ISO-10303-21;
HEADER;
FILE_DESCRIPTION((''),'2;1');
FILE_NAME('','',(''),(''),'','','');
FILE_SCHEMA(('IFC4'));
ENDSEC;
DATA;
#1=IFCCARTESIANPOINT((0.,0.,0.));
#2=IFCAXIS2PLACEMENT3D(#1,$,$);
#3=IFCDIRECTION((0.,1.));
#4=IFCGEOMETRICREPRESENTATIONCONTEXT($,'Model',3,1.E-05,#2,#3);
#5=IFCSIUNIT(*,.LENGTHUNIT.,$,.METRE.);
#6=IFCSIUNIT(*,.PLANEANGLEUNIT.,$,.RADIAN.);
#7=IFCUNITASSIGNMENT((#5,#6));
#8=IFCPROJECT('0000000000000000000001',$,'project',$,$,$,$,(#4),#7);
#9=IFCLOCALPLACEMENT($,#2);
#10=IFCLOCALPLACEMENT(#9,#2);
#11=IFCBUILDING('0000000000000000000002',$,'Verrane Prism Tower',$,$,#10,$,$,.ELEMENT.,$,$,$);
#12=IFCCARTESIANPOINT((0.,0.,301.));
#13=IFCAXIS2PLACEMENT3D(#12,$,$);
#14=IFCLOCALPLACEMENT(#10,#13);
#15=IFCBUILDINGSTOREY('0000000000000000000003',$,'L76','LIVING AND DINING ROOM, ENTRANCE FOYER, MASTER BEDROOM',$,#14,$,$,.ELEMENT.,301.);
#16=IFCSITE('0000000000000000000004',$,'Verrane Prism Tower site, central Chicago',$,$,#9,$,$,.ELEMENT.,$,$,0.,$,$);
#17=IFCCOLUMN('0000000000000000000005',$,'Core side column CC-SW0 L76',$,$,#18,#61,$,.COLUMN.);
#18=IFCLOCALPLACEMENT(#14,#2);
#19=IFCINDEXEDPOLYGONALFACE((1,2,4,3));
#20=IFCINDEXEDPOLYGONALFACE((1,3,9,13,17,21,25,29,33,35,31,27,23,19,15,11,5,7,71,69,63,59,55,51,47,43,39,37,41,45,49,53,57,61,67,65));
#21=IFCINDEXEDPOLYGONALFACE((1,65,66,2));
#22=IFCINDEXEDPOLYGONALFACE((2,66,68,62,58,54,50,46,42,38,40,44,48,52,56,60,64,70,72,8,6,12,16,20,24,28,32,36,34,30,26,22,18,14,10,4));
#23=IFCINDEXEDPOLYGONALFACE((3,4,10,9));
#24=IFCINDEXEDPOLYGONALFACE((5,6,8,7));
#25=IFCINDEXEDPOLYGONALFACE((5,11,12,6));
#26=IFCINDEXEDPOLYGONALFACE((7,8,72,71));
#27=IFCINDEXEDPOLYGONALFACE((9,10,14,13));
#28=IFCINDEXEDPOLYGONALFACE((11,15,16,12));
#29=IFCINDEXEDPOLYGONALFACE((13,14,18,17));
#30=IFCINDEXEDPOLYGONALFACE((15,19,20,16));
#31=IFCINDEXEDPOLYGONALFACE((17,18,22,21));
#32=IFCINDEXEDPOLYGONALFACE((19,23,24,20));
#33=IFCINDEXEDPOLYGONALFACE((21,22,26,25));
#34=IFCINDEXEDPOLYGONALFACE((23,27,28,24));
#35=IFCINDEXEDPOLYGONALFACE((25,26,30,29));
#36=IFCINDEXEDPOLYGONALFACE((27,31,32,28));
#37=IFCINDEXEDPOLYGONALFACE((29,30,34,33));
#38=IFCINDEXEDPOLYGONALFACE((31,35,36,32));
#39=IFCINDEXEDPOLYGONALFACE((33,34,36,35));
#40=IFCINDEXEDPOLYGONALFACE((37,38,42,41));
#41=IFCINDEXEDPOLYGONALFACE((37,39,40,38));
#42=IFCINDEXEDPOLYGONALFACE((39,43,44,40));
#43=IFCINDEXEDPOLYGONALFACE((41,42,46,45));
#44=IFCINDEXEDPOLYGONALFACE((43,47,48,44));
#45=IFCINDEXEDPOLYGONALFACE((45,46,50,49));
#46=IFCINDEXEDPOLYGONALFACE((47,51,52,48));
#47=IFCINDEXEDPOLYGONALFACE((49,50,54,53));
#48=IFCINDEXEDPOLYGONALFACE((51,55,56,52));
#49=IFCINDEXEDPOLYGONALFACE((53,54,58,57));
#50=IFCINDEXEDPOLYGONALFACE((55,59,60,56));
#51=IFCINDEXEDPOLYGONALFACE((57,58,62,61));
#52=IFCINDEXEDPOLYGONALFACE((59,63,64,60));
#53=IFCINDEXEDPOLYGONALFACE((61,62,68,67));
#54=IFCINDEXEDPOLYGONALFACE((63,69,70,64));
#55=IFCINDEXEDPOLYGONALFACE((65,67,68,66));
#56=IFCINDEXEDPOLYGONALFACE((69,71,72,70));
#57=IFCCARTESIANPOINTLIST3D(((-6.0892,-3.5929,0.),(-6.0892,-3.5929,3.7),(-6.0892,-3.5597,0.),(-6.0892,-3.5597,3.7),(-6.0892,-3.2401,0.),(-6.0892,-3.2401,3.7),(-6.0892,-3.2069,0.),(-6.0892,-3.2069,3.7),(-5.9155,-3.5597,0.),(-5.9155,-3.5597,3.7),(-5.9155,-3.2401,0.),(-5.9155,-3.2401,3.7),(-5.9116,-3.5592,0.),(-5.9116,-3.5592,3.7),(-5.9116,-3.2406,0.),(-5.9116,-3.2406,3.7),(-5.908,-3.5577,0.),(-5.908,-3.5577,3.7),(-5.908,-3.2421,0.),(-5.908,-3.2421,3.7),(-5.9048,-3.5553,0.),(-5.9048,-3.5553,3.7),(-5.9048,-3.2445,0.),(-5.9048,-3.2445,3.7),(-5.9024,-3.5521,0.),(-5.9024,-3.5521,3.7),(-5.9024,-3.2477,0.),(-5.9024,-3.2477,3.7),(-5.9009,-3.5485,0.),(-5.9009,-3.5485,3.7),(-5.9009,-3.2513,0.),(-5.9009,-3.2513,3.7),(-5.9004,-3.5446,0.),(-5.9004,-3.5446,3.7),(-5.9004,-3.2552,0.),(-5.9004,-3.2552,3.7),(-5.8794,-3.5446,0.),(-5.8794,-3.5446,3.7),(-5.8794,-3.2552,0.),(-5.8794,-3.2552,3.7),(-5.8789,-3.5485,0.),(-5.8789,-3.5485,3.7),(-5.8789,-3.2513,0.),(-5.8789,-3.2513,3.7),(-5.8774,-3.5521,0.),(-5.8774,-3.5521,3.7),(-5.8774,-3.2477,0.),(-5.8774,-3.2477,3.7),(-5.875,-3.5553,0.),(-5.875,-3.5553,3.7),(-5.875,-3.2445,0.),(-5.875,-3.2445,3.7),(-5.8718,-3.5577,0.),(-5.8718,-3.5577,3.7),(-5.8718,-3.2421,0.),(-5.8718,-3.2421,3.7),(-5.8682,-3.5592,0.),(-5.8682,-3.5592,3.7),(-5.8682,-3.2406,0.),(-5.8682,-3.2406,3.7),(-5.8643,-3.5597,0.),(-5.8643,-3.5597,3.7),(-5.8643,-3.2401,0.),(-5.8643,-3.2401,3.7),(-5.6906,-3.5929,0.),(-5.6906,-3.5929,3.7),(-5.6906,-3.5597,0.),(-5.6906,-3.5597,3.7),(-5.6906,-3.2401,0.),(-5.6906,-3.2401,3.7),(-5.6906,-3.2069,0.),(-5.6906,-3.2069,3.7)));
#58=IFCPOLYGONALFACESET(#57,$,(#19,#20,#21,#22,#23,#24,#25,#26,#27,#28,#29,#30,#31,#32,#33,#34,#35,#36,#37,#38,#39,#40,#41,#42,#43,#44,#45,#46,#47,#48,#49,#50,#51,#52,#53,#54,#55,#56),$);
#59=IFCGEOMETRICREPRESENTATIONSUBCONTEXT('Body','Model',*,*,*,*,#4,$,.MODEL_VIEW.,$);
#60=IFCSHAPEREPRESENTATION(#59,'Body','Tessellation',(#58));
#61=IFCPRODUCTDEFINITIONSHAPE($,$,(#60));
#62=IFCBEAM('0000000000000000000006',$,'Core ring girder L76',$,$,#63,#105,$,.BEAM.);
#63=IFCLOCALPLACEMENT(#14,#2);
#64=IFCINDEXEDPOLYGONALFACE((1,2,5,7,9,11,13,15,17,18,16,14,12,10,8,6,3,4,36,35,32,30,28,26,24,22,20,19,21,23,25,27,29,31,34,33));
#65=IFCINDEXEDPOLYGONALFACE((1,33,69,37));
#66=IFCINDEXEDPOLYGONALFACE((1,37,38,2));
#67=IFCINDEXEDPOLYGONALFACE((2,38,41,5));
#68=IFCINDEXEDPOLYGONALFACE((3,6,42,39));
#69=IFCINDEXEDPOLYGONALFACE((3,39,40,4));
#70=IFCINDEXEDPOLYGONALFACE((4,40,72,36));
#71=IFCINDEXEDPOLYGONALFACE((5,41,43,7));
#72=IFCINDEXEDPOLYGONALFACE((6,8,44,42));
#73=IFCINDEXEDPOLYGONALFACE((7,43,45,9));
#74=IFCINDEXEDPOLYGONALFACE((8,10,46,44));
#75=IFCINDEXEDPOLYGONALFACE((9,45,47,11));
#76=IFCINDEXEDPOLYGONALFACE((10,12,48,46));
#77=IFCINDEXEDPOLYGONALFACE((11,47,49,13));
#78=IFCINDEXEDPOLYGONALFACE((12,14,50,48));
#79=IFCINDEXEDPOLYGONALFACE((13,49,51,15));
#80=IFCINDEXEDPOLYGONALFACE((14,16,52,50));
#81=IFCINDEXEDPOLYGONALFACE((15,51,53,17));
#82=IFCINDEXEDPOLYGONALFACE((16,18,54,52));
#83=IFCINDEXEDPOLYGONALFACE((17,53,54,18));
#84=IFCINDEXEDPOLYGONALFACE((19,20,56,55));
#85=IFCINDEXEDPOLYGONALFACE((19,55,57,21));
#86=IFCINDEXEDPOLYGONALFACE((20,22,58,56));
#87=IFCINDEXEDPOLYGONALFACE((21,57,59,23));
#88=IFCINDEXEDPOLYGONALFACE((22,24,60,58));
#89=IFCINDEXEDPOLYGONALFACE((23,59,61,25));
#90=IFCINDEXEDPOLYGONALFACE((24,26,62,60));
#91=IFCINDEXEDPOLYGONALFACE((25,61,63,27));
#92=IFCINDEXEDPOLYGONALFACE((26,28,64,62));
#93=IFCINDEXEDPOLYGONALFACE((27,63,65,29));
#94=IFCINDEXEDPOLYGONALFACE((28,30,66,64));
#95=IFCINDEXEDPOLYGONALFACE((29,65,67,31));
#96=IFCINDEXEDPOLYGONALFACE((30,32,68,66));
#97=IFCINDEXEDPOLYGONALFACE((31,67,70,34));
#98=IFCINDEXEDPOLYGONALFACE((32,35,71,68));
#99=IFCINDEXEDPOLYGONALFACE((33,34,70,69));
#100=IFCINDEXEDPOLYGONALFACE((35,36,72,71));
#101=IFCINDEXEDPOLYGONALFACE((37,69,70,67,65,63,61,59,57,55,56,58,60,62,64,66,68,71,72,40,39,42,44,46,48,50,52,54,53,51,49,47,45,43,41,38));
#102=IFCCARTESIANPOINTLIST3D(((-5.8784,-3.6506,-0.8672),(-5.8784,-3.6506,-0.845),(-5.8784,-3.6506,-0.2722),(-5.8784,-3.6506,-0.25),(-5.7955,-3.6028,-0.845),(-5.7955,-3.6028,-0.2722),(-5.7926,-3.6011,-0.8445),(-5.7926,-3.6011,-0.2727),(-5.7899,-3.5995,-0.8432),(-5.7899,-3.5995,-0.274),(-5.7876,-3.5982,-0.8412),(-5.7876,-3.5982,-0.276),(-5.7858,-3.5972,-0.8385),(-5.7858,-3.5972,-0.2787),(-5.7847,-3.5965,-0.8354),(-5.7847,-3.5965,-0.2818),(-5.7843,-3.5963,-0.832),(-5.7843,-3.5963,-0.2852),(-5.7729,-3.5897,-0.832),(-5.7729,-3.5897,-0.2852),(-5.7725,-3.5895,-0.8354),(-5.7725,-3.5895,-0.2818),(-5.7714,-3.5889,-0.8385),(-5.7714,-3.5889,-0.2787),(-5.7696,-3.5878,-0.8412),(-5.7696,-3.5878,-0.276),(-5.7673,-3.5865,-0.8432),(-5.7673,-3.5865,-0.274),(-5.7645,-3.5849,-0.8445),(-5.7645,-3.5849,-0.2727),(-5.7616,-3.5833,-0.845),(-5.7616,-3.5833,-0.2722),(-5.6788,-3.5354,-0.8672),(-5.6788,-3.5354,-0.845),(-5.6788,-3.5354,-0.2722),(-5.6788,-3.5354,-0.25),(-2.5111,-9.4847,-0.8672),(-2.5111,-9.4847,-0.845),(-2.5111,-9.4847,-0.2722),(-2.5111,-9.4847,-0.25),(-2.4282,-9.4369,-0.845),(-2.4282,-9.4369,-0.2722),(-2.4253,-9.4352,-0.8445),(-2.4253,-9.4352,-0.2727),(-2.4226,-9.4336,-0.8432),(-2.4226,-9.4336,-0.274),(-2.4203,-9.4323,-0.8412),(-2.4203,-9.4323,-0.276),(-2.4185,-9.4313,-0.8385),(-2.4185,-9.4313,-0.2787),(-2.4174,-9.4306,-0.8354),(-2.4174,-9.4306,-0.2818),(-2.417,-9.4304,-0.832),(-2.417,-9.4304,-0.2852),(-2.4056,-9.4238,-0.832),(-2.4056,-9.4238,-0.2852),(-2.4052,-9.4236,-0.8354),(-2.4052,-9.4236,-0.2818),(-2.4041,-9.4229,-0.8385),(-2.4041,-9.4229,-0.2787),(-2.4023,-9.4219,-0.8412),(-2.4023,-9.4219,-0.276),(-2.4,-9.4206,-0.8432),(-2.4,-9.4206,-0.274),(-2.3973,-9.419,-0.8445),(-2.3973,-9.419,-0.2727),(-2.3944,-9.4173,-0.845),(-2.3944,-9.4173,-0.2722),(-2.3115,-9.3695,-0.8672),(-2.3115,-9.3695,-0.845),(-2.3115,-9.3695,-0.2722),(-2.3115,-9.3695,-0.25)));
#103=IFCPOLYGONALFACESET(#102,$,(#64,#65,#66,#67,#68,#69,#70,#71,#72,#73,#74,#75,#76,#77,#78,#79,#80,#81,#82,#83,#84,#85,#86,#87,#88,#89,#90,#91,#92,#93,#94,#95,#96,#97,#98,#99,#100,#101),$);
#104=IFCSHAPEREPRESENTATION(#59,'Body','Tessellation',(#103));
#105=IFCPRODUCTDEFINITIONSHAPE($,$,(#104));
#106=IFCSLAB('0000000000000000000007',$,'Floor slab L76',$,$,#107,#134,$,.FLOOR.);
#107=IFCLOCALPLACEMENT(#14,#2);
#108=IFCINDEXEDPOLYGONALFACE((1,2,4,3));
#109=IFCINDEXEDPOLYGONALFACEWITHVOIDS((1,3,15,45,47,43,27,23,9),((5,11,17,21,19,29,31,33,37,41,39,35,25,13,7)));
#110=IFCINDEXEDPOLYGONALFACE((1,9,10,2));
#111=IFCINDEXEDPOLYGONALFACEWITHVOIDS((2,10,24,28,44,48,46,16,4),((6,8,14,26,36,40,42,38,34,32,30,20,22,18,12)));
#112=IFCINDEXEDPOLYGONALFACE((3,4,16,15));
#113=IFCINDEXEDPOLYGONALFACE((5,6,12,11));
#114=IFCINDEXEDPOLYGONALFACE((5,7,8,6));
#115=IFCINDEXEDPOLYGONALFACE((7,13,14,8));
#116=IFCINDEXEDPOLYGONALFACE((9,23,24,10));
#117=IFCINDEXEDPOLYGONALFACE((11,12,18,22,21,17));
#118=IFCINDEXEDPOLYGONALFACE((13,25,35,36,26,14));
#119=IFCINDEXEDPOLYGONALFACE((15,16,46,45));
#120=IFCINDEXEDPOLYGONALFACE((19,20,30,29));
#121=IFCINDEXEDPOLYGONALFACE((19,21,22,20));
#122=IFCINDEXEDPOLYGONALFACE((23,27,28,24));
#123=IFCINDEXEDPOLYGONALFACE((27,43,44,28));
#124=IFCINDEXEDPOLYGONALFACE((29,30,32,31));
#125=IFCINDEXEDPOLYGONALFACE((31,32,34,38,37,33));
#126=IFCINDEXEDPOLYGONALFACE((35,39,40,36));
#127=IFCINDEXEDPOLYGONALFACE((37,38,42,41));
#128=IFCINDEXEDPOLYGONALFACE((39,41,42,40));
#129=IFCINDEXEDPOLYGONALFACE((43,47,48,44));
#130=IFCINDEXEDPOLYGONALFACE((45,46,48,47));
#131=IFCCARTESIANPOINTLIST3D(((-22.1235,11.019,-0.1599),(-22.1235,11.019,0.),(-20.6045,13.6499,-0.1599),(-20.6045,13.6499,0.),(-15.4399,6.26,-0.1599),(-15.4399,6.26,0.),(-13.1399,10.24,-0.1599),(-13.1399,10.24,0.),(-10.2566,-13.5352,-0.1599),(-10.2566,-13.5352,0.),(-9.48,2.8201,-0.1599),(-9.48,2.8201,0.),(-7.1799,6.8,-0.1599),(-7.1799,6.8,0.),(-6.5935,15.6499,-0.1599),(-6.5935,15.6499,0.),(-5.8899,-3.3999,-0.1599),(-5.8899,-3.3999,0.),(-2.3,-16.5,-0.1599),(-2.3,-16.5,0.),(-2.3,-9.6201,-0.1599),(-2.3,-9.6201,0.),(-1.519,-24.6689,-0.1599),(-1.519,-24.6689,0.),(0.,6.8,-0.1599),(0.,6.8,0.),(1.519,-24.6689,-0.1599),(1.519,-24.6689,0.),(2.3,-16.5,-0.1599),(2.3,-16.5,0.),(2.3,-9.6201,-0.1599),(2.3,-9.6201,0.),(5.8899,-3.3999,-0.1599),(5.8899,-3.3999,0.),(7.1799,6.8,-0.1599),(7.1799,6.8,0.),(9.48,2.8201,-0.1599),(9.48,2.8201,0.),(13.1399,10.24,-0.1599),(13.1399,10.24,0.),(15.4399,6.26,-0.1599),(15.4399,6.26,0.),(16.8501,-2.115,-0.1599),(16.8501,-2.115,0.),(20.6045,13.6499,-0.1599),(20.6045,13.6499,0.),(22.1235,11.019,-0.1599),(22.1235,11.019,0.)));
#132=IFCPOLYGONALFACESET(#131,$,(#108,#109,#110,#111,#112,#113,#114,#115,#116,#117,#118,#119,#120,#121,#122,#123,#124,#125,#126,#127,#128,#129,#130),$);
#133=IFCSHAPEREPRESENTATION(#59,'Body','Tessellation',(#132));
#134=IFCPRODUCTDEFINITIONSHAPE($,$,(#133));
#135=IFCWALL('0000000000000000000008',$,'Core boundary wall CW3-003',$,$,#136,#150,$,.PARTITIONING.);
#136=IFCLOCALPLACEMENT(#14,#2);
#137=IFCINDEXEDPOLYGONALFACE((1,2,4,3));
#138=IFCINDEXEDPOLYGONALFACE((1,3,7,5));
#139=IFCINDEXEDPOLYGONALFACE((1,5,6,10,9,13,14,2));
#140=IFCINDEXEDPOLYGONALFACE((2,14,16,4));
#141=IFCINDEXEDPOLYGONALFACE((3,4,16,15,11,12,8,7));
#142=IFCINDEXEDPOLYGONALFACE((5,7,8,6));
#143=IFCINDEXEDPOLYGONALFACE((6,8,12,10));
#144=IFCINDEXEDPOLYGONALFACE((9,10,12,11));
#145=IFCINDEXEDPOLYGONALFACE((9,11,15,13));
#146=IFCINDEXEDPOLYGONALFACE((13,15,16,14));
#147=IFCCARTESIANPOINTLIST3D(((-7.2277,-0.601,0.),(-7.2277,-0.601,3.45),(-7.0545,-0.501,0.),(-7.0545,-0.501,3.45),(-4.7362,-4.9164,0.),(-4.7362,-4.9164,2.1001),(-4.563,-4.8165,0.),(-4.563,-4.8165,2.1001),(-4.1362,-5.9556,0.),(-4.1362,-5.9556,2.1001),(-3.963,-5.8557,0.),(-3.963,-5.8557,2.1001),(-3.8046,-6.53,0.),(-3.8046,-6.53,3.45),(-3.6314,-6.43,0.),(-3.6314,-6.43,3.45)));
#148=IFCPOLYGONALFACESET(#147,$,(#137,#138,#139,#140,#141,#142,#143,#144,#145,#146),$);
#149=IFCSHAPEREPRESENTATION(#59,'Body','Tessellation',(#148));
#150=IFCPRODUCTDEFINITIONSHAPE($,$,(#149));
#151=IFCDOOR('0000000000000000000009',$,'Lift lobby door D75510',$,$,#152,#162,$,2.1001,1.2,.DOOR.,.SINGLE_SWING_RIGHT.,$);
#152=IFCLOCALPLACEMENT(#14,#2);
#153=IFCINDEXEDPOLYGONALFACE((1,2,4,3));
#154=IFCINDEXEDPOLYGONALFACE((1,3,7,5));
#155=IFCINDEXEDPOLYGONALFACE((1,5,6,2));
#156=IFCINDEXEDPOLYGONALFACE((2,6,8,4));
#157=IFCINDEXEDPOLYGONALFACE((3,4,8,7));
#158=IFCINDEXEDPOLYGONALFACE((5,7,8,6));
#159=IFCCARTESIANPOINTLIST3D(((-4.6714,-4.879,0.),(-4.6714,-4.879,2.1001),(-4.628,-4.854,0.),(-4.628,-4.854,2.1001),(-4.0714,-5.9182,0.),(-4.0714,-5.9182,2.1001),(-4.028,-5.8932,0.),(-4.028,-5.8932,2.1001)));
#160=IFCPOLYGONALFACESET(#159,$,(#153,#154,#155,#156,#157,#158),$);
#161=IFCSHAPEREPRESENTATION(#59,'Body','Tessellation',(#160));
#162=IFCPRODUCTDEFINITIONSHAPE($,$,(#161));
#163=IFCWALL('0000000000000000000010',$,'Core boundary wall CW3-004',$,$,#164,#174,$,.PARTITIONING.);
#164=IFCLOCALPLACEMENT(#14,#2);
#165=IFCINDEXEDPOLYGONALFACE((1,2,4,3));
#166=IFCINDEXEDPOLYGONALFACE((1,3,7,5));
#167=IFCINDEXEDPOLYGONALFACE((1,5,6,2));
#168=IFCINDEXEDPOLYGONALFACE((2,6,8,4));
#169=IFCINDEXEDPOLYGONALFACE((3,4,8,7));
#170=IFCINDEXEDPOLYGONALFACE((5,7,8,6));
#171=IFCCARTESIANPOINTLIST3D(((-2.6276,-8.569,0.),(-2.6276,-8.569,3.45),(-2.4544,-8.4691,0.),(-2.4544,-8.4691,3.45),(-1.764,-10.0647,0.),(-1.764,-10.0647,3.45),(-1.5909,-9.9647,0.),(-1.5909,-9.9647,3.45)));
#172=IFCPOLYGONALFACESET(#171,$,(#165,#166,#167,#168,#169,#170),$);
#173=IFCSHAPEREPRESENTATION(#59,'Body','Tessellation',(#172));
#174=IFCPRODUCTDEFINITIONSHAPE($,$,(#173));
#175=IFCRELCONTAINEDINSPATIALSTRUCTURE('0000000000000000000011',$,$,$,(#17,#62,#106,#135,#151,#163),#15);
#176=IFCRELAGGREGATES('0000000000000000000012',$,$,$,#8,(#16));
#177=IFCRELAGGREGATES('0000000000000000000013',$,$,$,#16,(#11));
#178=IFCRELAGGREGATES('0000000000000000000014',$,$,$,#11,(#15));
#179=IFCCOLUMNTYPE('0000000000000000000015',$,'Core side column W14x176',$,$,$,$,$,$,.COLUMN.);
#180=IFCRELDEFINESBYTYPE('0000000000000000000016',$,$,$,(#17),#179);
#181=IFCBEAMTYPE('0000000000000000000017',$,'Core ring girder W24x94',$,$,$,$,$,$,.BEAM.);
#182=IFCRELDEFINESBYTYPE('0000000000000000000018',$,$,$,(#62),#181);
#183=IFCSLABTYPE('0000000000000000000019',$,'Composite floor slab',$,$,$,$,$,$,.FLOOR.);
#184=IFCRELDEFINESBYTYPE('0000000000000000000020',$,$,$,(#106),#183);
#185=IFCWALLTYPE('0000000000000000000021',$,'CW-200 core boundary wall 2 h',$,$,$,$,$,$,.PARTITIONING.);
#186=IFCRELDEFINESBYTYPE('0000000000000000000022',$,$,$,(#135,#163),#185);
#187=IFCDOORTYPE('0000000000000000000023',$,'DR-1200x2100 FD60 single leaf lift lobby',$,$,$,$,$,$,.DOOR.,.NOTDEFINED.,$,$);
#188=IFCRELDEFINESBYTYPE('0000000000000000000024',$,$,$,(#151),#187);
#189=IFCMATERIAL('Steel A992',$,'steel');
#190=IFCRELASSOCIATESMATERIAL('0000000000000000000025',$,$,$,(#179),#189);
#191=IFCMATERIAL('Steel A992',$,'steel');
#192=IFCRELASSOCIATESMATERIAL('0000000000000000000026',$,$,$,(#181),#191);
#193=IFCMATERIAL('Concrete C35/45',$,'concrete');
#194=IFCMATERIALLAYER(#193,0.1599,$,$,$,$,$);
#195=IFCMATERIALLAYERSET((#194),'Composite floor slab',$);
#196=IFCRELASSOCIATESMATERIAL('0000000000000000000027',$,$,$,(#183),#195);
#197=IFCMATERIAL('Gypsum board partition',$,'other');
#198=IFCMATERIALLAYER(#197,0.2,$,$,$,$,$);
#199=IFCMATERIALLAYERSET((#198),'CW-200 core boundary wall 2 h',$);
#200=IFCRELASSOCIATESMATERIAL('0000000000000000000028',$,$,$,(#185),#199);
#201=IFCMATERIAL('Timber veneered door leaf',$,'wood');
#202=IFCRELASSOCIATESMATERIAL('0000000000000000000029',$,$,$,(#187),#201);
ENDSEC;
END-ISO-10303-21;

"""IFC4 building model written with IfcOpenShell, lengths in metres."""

from ifc_helpers import new_model, si_unit, direction, frame, frame_2d, origin, origin_2d, place, context, subcontext, project, spatial, polyline, rectangle, i_section, outline, extrude, material, layer, layer_set, material_profile, profile_set, type_object, element, fill, save


model = new_model("IFC4")

# Units and contexts
model_context = context("Model", 3, precision=1e-05, world=origin(), true_north=direction((0.0, 1.0)))
body_context = subcontext(model_context, "Body", "Model", "MODEL_VIEW")
ifc_project = project(units=[si_unit("LENGTHUNIT", "METRE"), si_unit("PLANEANGLEUNIT", "RADIAN")], contexts=[model_context])

# Site, building, storey
site_placement = place(None, origin())
site = spatial("IfcSite", under=ifc_project, at=site_placement, Name="Verrane Prism Tower site, central Chicago", CompositionType="ELEMENT", RefElevation=0.0)
building_placement = place(site_placement, origin())
building = spatial("IfcBuilding", under=site, at=building_placement, Name="Verrane Prism Tower", CompositionType="ELEMENT")
storey_placement = place(building_placement, frame((0.0, 0.0, 301.0)))
storey = spatial("IfcBuildingStorey", under=building, at=storey_placement, Name="L76", Description="LIVING AND DINING ROOM, ENTRANCE FOYER, MASTER BEDROOM", CompositionType="ELEMENT", Elevation=301.0)

# Column
ifc_material_1 = material(Name="Steel A992", Category="steel")
ifc_material_profile_1 = material_profile(ifc_material_1, i_section(OverallWidth=0.3987, OverallDepth=0.386, WebThickness=0.021, FlangeThickness=0.0332, FilletRadius=0.0151, at=origin_2d()), Name="W14x176")
ifc_profile_set_1 = profile_set([ifc_material_profile_1], Name="Steel A992")
column_type = type_object("IfcColumnType", Name="Core side column W14x176", PredefinedType="COLUMN", material=ifc_profile_set_1)
column_placement = place(storey_placement, frame((-5.8899, -3.3999, 0.0), z_axis=(0.0, 0.0, 1.0), x_axis=(1.0, 0.0, 0.0)))
element("IfcColumn", 1, at=column_placement, inside=storey, type_object=column_type, Name="Core side column CC-SW0 L76", PredefinedType="COLUMN", context=body_context, shape_type="SweptSolid", body=[
    extrude(i_section(OverallWidth=0.3987, OverallDepth=0.386, WebThickness=0.021, FlangeThickness=0.0332, FilletRadius=0.0151, at=origin_2d()), origin(), (0.0, 0.0, 1.0), 3.7),
])

# Beam
ifc_material_2 = material(Name="Steel A992", Category="steel")
ifc_material_profile_2 = material_profile(ifc_material_2, i_section(OverallWidth=0.2305, OverallDepth=0.6172, WebThickness=0.0132, FlangeThickness=0.0222, FilletRadius=0.0129, at=origin_2d()), Name="W24x94")
ifc_profile_set_2 = profile_set([ifc_material_profile_2], Name="Steel A992")
beam_type = type_object("IfcBeamType", Name="Core ring girder W24x94", PredefinedType="BEAM", material=ifc_profile_set_2)
beam_placement = place(storey_placement, frame((-5.7786, -3.593, -0.5586), z_axis=(0.499881, -0.866094, 0.0), x_axis=(0.866094, 0.499881, 0.0)))
element("IfcBeam", 2, at=beam_placement, inside=storey, type_object=beam_type, Name="Core ring girder L76", PredefinedType="BEAM", context=body_context, shape_type="SweptSolid", body=[
    extrude(i_section(OverallWidth=0.2305, OverallDepth=0.6172, WebThickness=0.0132, FlangeThickness=0.0222, FilletRadius=0.0129, at=origin_2d()), origin(), (0.0, 0.0, 1.0), 6.7361),
])

# Slab
ifc_material_3 = material(Name="Concrete C35/45", Category="concrete")
ifc_layer_1 = layer(ifc_material_3, 0.1599)
ifc_layer_set_1 = layer_set([ifc_layer_1], Name="Composite floor slab")
slab_type = type_object("IfcSlabType", Name="Composite floor slab", PredefinedType="FLOOR", material=ifc_layer_set_1)
slab_placement = place(storey_placement, frame((0.0, 0.0, -0.1599)))
element("IfcSlab", 3, at=slab_placement, inside=storey, type_object=slab_type, Name="Floor slab L76", PredefinedType="FLOOR", context=body_context, shape_type="SweptSolid", body=[
    extrude(outline(polyline([(16.8501, -2.115), (1.519, -24.6689), (-1.519, -24.6689), (-10.2566, -13.5352), (-22.1235, 11.019), (-20.6045, 13.6499), (-6.5935, 15.6499), (20.6045, 13.6499), (22.1235, 11.019), (16.8501, -2.115)]), holes=[polyline([(15.4399, 6.26), (13.1399, 10.24), (7.1799, 6.8), (0.0, 6.8), (-7.1799, 6.8), (-13.1399, 10.24), (-15.4399, 6.26), (-9.48, 2.8201), (-5.8899, -3.3999), (-2.3, -9.6201), (-2.3, -16.5), (2.3, -16.5), (2.3, -9.6201), (5.8899, -3.3999), (9.48, 2.8201), (15.4399, 6.26)])]), origin(), (0.0, 0.0, 1.0), 0.1599),
])

# Wall, opening, door
ifc_material_4 = material(Name="Gypsum board partition", Category="other")
ifc_layer_2 = layer(ifc_material_4, 0.2)
ifc_layer_set_2 = layer_set([ifc_layer_2], Name="CW-200 core boundary wall 2 h")
wall_type_1 = type_object("IfcWallType", Name="CW-200 core boundary wall 2 h", PredefinedType="PARTITIONING", material=ifc_layer_set_2)
wall_1_placement = place(storey_placement, frame((-7.1411, -0.551, 0.0), z_axis=(0.0, 0.0, 1.0), x_axis=(0.500001, -0.866025, 0.0)))
wall_1 = element("IfcWall", 4, at=wall_1_placement, inside=storey, type_object=wall_type_1, Name="Core boundary wall CW3-003", PredefinedType="PARTITIONING", context=body_context, shape_type="SweptSolid", body=[
    extrude(rectangle(XDim=6.8462, YDim=0.2, at=frame_2d((3.4231, 0.0))), origin(), (0.0, 0.0, 1.0), 3.45),
])
opening_1_placement = place(wall_1_placement, frame((4.9829, 0.0, 0.0)))
opening_1 = element("IfcOpeningElement", 5, at=opening_1_placement, cuts=wall_1, PredefinedType="OPENING", context=body_context, shape_type="SweptSolid", body=[
    extrude(rectangle(XDim=1.2, YDim=2.1001, at=frame_2d((0.6001, 1.05))), frame((0.0, 0.1099, 0.0), z_axis=(0.0, -1.0, 0.0), x_axis=(1.0, 0.0, 0.0)), (0.0, 0.0, 1.0), 0.22),
])
ifc_material_5 = material(Name="Timber veneered door leaf", Category="wood")
door_type_1 = type_object("IfcDoorType", Name="DR-1200x2100 FD60 single leaf lift lobby", OperationType="NOTDEFINED", PredefinedType="DOOR", material=ifc_material_5)
door_1_placement = place(opening_1_placement, origin())
door_1 = element("IfcDoor", 6, at=door_1_placement, inside=storey, type_object=door_type_1, Name="Lift lobby door D75510", OperationType="SINGLE_SWING_RIGHT", OverallHeight=2.1001, OverallWidth=1.2, PredefinedType="DOOR", context=body_context, shape_type="SweptSolid", body=[
    extrude(rectangle(XDim=1.2, YDim=2.1001, at=frame_2d((0.6001, 1.05))), frame((0.0, 0.0249, 0.0), z_axis=(0.0, -1.0, 0.0), x_axis=(1.0, 0.0, 0.0)), (0.0, 0.0, 1.0), 0.05),
])
fill(opening_1, door_1)

# Wall
wall_2_placement = place(storey_placement, frame((-2.541, -8.519, 0.0), z_axis=(0.0, 0.0, 1.0), x_axis=(0.500016, -0.866016, 0.0)))
element("IfcWall", 7, at=wall_2_placement, inside=storey, type_object=wall_type_1, Name="Core boundary wall CW3-004", PredefinedType="PARTITIONING", context=body_context, shape_type="SweptSolid", body=[
    extrude(rectangle(XDim=1.7271, YDim=0.2, at=frame_2d((0.8635, 0.0))), origin(), (0.0, 0.0, 1.0), 3.45),
])

save(model, "model.ifc")
